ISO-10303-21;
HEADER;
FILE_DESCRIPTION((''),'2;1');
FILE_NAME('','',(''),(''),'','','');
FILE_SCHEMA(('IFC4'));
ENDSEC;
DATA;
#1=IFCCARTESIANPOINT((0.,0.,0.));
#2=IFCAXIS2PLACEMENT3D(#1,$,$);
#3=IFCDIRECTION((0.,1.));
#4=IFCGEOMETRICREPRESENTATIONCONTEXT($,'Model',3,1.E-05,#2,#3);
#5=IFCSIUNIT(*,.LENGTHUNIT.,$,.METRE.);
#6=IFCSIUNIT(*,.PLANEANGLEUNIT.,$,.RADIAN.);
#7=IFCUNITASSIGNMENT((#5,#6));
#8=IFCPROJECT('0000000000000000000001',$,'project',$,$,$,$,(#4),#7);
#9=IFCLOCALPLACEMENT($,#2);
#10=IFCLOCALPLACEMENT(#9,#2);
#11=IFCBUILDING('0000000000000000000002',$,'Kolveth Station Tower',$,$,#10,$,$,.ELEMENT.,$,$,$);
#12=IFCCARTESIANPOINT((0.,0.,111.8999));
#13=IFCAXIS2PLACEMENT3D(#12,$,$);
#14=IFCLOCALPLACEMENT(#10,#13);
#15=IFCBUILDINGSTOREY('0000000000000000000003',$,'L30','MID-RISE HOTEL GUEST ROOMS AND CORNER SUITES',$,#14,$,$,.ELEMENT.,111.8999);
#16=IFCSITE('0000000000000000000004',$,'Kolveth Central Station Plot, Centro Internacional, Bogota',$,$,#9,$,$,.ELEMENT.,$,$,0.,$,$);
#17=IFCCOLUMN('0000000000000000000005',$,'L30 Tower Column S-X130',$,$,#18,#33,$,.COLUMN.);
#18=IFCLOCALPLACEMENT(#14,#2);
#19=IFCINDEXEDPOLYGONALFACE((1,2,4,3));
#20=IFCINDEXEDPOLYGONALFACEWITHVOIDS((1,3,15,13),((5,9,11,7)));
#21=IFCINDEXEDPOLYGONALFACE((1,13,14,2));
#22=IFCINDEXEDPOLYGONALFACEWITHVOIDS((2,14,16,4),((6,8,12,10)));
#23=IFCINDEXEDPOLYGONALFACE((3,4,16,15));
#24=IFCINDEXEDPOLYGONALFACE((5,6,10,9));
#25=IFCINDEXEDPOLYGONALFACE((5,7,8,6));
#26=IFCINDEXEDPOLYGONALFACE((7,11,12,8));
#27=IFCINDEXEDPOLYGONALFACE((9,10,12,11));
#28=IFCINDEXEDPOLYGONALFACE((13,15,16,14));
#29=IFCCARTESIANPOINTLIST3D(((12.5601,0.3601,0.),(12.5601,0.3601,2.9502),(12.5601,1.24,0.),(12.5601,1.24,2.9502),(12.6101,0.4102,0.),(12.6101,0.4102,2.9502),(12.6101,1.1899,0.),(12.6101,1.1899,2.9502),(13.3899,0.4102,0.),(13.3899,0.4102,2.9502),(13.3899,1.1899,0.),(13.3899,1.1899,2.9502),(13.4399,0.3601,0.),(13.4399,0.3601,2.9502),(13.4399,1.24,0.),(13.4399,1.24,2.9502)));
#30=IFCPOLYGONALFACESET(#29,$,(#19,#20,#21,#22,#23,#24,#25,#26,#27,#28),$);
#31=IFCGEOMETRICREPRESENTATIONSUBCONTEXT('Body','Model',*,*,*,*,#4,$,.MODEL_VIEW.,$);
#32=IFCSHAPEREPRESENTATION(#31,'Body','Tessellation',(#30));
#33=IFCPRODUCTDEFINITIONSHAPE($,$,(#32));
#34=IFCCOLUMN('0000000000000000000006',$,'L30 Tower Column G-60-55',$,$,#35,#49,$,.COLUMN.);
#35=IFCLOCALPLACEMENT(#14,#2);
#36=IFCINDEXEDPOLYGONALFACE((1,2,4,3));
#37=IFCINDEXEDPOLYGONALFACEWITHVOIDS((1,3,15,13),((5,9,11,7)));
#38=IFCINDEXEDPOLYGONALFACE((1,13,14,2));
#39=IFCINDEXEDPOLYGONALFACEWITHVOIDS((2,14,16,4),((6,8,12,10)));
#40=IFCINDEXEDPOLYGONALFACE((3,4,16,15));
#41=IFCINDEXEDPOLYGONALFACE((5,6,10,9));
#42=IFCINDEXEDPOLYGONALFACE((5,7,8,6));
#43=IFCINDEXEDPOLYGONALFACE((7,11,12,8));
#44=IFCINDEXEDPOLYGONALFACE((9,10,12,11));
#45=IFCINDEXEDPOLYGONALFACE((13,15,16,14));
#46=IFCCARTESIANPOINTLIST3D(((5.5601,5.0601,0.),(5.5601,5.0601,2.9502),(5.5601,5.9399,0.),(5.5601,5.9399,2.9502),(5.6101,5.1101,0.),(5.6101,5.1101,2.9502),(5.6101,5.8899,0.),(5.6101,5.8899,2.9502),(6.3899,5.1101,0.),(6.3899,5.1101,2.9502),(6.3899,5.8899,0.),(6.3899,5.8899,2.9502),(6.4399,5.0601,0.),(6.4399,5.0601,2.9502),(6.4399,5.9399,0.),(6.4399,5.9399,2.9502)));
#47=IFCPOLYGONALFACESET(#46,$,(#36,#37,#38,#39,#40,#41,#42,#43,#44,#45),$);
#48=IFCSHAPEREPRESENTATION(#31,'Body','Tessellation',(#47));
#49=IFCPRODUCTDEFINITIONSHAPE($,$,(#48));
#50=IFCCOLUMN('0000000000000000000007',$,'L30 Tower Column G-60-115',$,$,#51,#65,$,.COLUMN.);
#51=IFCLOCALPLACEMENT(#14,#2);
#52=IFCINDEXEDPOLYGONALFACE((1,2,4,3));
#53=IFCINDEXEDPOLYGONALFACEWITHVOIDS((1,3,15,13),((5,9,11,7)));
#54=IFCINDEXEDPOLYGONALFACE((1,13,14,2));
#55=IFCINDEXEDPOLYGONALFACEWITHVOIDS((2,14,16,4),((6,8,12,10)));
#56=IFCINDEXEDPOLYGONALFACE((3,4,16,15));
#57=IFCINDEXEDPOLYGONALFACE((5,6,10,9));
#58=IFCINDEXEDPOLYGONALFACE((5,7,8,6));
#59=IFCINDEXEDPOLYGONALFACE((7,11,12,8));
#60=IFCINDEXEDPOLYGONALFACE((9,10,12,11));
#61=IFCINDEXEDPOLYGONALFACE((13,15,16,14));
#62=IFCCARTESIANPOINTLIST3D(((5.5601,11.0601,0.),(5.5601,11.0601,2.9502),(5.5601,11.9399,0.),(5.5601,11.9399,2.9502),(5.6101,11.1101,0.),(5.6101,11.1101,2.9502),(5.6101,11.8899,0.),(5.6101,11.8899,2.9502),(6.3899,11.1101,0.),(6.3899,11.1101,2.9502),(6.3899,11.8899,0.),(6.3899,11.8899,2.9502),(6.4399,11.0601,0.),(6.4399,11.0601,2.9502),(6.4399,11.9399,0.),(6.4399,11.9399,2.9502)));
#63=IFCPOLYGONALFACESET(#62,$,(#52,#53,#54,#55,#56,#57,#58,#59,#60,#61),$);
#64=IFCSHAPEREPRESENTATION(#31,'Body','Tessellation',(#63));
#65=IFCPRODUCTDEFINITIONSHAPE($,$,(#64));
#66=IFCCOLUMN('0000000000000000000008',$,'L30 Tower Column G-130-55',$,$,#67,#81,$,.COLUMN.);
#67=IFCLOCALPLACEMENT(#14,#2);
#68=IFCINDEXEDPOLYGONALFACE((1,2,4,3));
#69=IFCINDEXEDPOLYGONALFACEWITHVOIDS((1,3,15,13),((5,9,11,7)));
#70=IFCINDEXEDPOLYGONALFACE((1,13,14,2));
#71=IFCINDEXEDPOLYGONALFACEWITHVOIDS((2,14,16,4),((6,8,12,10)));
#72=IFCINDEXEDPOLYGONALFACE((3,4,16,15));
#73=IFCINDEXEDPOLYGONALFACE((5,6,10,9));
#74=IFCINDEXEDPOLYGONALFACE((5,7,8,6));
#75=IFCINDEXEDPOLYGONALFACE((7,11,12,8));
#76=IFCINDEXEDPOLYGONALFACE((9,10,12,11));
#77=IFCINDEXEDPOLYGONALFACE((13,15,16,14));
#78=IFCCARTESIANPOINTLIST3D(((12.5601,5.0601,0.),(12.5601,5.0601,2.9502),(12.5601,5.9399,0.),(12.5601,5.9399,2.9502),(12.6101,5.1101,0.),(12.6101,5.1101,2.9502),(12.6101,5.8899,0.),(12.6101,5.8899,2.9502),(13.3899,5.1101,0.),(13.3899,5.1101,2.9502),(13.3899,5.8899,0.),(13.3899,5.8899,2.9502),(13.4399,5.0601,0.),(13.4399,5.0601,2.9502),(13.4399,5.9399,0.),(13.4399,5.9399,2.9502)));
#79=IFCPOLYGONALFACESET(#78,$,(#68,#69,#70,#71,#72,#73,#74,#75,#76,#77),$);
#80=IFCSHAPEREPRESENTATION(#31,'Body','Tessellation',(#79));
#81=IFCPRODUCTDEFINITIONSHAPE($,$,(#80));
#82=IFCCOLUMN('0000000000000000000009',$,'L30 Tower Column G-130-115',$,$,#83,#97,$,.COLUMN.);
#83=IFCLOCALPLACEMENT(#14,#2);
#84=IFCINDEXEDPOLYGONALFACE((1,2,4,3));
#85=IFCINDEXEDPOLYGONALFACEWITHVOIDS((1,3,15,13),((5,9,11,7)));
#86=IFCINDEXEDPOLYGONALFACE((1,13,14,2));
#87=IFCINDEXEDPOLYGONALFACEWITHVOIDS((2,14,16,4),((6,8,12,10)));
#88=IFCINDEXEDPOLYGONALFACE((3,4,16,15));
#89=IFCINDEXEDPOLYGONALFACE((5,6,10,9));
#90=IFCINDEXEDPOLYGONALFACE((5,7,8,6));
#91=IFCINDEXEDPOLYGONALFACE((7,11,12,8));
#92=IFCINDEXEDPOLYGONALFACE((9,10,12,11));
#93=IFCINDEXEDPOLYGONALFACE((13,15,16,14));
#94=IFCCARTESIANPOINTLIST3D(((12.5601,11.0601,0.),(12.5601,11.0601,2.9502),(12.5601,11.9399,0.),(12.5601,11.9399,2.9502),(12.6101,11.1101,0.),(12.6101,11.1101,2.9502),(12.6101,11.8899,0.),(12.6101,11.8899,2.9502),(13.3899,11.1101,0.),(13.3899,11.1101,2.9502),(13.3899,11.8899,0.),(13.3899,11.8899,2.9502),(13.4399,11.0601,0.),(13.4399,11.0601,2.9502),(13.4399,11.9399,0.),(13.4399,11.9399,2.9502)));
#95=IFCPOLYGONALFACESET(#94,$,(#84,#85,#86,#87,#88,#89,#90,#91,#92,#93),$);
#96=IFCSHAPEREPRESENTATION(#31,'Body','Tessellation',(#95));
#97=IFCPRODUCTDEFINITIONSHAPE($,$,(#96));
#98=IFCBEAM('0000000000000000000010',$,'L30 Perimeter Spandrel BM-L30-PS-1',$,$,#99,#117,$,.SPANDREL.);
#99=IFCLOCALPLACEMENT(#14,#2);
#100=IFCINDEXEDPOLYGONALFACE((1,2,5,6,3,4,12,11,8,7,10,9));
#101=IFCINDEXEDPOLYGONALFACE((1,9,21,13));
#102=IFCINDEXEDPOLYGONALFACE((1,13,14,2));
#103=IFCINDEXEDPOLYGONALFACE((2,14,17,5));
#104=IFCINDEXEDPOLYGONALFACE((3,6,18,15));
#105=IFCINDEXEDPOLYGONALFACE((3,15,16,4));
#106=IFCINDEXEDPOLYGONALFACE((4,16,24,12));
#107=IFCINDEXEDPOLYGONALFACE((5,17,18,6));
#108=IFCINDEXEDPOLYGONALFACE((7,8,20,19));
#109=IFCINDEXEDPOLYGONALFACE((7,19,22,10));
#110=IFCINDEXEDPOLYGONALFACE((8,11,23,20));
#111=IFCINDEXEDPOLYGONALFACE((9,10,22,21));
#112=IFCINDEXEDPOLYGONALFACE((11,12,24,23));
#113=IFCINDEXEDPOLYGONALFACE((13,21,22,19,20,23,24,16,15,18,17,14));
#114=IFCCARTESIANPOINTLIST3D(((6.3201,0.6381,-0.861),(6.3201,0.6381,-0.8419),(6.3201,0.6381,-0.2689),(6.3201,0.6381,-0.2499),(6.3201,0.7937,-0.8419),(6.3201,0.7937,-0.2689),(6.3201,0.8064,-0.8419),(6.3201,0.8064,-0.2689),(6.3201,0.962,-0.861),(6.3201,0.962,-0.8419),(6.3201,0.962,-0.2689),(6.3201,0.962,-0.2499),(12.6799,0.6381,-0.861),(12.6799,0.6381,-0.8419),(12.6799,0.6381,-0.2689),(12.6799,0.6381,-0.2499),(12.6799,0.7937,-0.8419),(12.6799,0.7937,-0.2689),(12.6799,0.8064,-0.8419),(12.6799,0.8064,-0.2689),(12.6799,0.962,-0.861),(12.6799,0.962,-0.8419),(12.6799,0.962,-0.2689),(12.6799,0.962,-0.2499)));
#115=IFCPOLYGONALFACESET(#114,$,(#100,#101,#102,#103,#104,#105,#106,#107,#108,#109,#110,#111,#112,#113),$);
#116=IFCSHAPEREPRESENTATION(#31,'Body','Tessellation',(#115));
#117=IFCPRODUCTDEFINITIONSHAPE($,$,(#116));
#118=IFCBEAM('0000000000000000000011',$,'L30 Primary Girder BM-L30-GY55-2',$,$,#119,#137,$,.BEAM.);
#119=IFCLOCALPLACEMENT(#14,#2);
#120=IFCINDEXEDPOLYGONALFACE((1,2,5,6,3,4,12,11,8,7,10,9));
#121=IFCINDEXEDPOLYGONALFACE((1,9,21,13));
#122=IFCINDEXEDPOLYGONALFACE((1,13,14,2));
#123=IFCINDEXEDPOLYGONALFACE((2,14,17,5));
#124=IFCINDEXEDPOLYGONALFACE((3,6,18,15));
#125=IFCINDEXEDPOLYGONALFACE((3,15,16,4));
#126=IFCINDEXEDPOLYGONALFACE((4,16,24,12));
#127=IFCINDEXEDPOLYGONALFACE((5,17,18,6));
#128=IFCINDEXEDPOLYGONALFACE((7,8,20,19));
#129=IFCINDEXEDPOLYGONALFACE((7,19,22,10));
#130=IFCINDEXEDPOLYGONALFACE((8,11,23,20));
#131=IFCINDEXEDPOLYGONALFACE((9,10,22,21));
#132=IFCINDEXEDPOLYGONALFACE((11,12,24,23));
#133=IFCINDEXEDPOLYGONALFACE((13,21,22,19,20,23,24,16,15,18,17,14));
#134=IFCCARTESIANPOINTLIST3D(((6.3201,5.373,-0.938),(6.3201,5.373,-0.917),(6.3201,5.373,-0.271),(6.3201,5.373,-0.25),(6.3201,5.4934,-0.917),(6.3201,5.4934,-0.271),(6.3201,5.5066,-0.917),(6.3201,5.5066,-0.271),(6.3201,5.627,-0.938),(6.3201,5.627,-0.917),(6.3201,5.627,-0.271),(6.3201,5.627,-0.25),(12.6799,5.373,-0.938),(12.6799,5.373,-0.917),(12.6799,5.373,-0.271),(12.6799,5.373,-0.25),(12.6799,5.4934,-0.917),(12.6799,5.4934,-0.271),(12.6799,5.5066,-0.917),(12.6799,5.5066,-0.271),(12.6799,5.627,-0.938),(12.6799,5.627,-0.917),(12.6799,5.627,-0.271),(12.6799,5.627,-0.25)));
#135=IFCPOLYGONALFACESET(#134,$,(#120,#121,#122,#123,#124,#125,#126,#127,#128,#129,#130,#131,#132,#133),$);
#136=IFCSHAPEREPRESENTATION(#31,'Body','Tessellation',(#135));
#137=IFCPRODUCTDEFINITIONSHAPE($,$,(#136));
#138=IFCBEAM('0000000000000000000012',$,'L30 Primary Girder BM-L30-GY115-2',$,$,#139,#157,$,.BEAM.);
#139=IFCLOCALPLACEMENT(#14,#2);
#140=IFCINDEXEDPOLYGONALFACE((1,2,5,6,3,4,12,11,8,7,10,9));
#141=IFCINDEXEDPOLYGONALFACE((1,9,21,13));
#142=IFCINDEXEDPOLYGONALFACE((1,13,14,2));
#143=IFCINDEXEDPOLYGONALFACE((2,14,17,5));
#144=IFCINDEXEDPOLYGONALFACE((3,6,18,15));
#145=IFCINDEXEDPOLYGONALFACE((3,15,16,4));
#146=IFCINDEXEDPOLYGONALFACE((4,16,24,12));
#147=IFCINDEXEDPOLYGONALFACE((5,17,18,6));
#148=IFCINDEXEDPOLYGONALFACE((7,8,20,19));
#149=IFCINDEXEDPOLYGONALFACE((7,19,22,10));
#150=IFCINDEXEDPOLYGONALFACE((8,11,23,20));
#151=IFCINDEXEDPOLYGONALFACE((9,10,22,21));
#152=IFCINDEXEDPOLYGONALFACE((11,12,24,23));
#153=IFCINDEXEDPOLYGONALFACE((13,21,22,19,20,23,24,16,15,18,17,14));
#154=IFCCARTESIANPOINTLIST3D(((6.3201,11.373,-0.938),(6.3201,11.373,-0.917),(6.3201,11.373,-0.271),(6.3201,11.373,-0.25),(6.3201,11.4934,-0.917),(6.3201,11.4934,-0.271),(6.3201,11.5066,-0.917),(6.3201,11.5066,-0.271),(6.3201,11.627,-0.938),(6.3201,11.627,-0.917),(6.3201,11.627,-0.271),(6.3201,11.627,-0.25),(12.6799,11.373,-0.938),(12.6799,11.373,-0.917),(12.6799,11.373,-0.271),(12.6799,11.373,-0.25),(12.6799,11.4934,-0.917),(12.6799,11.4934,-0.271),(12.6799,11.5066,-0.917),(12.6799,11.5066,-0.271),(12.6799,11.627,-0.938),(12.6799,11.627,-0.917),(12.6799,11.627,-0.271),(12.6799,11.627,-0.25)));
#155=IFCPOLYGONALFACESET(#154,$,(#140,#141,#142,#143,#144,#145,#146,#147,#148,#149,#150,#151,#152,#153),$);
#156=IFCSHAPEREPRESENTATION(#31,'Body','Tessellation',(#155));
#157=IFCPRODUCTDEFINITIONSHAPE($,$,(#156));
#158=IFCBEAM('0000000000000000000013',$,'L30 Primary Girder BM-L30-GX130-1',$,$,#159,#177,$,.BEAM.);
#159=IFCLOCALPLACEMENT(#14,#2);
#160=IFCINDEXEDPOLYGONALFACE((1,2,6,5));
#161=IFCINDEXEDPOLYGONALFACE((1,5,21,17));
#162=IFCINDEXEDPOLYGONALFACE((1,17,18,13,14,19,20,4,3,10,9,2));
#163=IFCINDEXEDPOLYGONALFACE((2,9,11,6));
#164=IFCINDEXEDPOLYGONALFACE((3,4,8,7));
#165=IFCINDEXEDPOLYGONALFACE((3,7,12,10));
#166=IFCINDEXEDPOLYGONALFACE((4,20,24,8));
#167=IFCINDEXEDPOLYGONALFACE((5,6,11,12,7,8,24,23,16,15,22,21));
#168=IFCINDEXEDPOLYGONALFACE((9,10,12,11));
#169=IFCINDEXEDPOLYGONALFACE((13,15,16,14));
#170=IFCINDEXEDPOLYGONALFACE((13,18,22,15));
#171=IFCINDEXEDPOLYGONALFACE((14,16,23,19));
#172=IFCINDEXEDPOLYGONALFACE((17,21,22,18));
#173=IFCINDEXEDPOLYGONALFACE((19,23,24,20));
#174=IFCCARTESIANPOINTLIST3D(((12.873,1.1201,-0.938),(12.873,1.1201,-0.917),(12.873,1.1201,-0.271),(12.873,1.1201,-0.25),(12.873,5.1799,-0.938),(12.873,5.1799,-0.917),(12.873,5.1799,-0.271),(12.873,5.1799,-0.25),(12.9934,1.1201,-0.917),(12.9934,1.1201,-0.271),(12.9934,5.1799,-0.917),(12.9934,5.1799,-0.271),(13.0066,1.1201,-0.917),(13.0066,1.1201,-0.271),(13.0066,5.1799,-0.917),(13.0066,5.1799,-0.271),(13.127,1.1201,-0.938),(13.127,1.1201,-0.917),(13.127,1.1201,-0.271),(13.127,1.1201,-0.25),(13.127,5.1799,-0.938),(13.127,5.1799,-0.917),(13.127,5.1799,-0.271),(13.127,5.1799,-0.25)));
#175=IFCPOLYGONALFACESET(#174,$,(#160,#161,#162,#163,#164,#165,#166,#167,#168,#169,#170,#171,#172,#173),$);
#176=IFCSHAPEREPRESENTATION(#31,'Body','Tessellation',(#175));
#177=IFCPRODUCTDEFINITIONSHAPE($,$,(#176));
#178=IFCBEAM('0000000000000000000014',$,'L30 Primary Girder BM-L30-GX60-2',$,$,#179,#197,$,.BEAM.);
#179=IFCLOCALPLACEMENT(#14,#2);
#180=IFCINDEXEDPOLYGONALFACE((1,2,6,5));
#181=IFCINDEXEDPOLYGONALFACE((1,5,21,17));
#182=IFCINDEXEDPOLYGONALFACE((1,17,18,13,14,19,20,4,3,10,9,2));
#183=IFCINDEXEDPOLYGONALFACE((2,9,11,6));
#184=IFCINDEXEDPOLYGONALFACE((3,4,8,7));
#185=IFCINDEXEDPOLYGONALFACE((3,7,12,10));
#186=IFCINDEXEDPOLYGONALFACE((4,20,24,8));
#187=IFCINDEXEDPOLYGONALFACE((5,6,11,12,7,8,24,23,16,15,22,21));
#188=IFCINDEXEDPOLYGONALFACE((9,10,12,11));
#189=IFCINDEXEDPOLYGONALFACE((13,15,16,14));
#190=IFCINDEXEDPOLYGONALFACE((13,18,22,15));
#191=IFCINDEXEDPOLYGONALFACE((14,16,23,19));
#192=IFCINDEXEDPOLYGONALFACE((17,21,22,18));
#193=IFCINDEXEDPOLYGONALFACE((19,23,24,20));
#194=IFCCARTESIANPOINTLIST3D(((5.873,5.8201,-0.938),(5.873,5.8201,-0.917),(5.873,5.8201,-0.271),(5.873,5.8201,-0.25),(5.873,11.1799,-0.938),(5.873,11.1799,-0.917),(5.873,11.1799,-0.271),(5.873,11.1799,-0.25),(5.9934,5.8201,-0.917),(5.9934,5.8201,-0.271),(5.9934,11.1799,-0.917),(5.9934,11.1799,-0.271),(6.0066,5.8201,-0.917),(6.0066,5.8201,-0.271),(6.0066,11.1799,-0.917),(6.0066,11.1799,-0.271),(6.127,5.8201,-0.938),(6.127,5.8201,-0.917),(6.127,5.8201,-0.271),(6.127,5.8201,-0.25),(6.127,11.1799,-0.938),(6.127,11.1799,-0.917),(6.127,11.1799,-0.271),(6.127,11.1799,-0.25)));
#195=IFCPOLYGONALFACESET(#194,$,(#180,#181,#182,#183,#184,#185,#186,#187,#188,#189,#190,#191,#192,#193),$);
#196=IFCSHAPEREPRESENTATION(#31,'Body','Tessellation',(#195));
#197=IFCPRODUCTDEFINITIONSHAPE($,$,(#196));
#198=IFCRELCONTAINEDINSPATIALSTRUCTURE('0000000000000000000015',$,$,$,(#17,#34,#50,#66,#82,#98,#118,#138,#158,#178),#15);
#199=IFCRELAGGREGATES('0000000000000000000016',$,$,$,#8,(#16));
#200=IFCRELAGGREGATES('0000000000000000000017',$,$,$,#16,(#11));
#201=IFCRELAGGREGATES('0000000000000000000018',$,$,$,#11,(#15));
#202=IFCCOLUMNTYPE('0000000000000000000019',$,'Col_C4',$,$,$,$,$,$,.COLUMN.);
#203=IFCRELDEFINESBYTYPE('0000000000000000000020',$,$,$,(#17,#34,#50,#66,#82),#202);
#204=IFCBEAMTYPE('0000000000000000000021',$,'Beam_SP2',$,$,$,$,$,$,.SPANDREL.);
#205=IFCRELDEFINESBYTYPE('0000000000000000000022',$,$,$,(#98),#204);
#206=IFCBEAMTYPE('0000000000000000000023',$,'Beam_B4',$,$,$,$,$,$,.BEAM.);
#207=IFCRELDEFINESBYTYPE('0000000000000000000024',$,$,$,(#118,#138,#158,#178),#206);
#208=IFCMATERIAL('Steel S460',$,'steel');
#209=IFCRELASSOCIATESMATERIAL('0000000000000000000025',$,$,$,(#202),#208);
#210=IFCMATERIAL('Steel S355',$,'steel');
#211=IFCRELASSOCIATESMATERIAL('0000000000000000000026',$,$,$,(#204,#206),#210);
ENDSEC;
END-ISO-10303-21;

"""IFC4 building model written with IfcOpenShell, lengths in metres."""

from ifc_helpers import new_model, si_unit, direction, frame, origin, origin_2d, place, context, subcontext, project, spatial, hollow_rectangle, i_section, extrude, source, transform, mapped, material, material_profile, profile_set, type_object, element, save


model = new_model("IFC4")

# Units and contexts
model_context = context("Model", 3, precision=1e-05, world=origin(), true_north=direction((0.0, 1.0)))
body_context = subcontext(model_context, "Body", "Model", "MODEL_VIEW")
ifc_project = project(units=[si_unit("LENGTHUNIT", "METRE"), si_unit("PLANEANGLEUNIT", "RADIAN")], contexts=[model_context])

# Site, building, storey
site_placement = place(None, origin())
site = spatial("IfcSite", under=ifc_project, at=site_placement, Name="Kolveth Central Station Plot, Centro Internacional, Bogota", CompositionType="ELEMENT", RefElevation=0.0)
building_placement = place(site_placement, origin())
building = spatial("IfcBuilding", under=site, at=building_placement, Name="Kolveth Station Tower", CompositionType="ELEMENT")
storey_placement = place(building_placement, frame((0.0, 0.0, 111.8999)))
storey = spatial("IfcBuildingStorey", under=building, at=storey_placement, Name="L30", Description="MID-RISE HOTEL GUEST ROOMS AND CORNER SUITES", CompositionType="ELEMENT", Elevation=111.8999)

# Columns
ifc_material_1 = material(Name="Steel S460", Category="steel")
ifc_material_profile_1 = material_profile(ifc_material_1, hollow_rectangle(XDim=0.8799, YDim=0.8799, WallThickness=0.05, at=origin_2d()), Name="BOX880x880x50")
ifc_profile_set_1 = profile_set([ifc_material_profile_1], Name="Steel S460")
column_type = type_object("IfcColumnType", Name="Col_C4", PredefinedType="COLUMN", material=ifc_profile_set_1)
shared_shape_1 = source(origin(), body_context, "Body", "SweptSolid", [
    extrude(hollow_rectangle(XDim=0.8799, YDim=0.8799, WallThickness=0.05, at=origin_2d()), origin(), (0.0, 0.0, 1.0), 2.9502),
])
for number, where, z_axis, x_axis, name in (
    (1, (13.0, 0.8, 0.0), (0.0, 0.0, 1.0), (1.0, 0.0, 0.0), "L30 Tower Column S-X130"),
    (2, (6.0, 5.5, 0.0), (0.0, 0.0, 1.0), (1.0, 0.0, 0.0), "L30 Tower Column G-60-55"),
    (3, (6.0, 11.5, 0.0), (0.0, 0.0, 1.0), (1.0, 0.0, 0.0), "L30 Tower Column G-60-115"),
    (4, (13.0, 5.5, 0.0), (0.0, 0.0, 1.0), (1.0, 0.0, 0.0), "L30 Tower Column G-130-55"),
    (5, (13.0, 11.5, 0.0), (0.0, 0.0, 1.0), (1.0, 0.0, 0.0), "L30 Tower Column G-130-115"),
):
    element("IfcColumn", number, at=place(storey_placement, frame(where, z_axis=z_axis, x_axis=x_axis)), inside=storey, type_object=column_type, Name=name, PredefinedType="COLUMN", context=body_context, shape_type="MappedRepresentation", body=[
        mapped(shared_shape_1, transform((0.0, 0.0, 0.0), x_axis=(1.0, 0.0, 0.0), y_axis=(0.0, 1.0, 0.0), z_axis=(0.0, 0.0, 1.0), scale=1.0)),
    ])

# Beams
ifc_material_2 = material(Name="Steel S355", Category="steel")
ifc_material_profile_2 = material_profile(ifc_material_2, i_section(OverallWidth=0.324, OverallDepth=0.6111, WebThickness=0.0127, FlangeThickness=0.019, at=origin_2d()), Name="W610x155")
ifc_profile_set_2 = profile_set([ifc_material_profile_2], Name="Steel S355")
beam_type_1 = type_object("IfcBeamType", Name="Beam_SP2", PredefinedType="SPANDREL", material=ifc_profile_set_2)
shared_shape_2 = source(origin(), body_context, "Body", "SweptSolid", [
    extrude(i_section(OverallWidth=0.324, OverallDepth=0.6111, WebThickness=0.0127, FlangeThickness=0.019, at=origin_2d()), origin(), (0.0, 0.0, 1.0), 6.3599),
])
beam_1_placement = place(storey_placement, frame((6.3201, 0.8, -0.5554), z_axis=(1.0, 0.0, 0.0), x_axis=(0.0, 1.0, 0.0)))
element("IfcBeam", 6, at=beam_1_placement, inside=storey, type_object=beam_type_1, Name="L30 Perimeter Spandrel BM-L30-PS-1", PredefinedType="SPANDREL", context=body_context, shape_type="MappedRepresentation", body=[
    mapped(shared_shape_2, transform((0.0, 0.0, 0.0), x_axis=(1.0, 0.0, 0.0), y_axis=(0.0, 1.0, 0.0), z_axis=(0.0, 0.0, 1.0), scale=1.0)),
])
ifc_material_profile_3 = material_profile(ifc_material_2, i_section(OverallWidth=0.2539, OverallDepth=0.688, WebThickness=0.0132, FlangeThickness=0.021, at=origin_2d()), Name="W690x152")
ifc_profile_set_3 = profile_set([ifc_material_profile_3], Name="Steel S355")
beam_type_2 = type_object("IfcBeamType", Name="Beam_B4", PredefinedType="BEAM", material=ifc_profile_set_3)
shared_shape_3 = source(origin(), body_context, "Body", "SweptSolid", [
    extrude(i_section(OverallWidth=0.2539, OverallDepth=0.688, WebThickness=0.0132, FlangeThickness=0.021, at=origin_2d()), origin(), (0.0, 0.0, 1.0), 6.3599),
])
for number, where, z_axis, x_axis, name in (
    (7, (6.3201, 5.5, -0.594), (1.0, 0.0, 0.0), (0.0, 1.0, 0.0), "L30 Primary Girder BM-L30-GY55-2"),
    (8, (6.3201, 11.5, -0.594), (1.0, 0.0, 0.0), (0.0, 1.0, 0.0), "L30 Primary Girder BM-L30-GY115-2"),
):
    element("IfcBeam", number, at=place(storey_placement, frame(where, z_axis=z_axis, x_axis=x_axis)), inside=storey, type_object=beam_type_2, Name=name, PredefinedType="BEAM", context=body_context, shape_type="MappedRepresentation", body=[
        mapped(shared_shape_3, transform((0.0, 0.0, 0.0), x_axis=(1.0, 0.0, 0.0), y_axis=(0.0, 1.0, 0.0), z_axis=(0.0, 0.0, 1.0), scale=1.0)),
    ])
shared_shape_4 = source(origin(), body_context, "Body", "SweptSolid", [
    extrude(i_section(OverallWidth=0.2539, OverallDepth=0.688, WebThickness=0.0132, FlangeThickness=0.021, at=origin_2d()), origin(), (0.0, 0.0, 1.0), 4.0598),
])
beam_2_placement = place(storey_placement, frame((13.0, 1.1201, -0.594), z_axis=(0.0, 1.0, 0.0), x_axis=(-1.0, 0.0, 0.0)))
element("IfcBeam", 9, at=beam_2_placement, inside=storey, type_object=beam_type_2, Name="L30 Primary Girder BM-L30-GX130-1", PredefinedType="BEAM", context=body_context, shape_type="MappedRepresentation", body=[
    mapped(shared_shape_4, transform((0.0, 0.0, 0.0), x_axis=(1.0, 0.0, 0.0), y_axis=(0.0, 1.0, 0.0), z_axis=(0.0, 0.0, 1.0), scale=1.0)),
])
shared_shape_5 = source(origin(), body_context, "Body", "SweptSolid", [
    extrude(i_section(OverallWidth=0.2539, OverallDepth=0.688, WebThickness=0.0132, FlangeThickness=0.021, at=origin_2d()), origin(), (0.0, 0.0, 1.0), 5.3599),
])
for number, where, z_axis, x_axis, name in (
    (10, (6.0, 5.8201, -0.594), (0.0, 1.0, 0.0), (-1.0, 0.0, 0.0), "L30 Primary Girder BM-L30-GX60-2"),
):
    element("IfcBeam", number, at=place(storey_placement, frame(where, z_axis=z_axis, x_axis=x_axis)), inside=storey, type_object=beam_type_2, Name=name, PredefinedType="BEAM", context=body_context, shape_type="MappedRepresentation", body=[
        mapped(shared_shape_5, transform((0.0, 0.0, 0.0), x_axis=(1.0, 0.0, 0.0), y_axis=(0.0, 1.0, 0.0), z_axis=(0.0, 0.0, 1.0), scale=1.0)),
    ])

save(model, "model.ifc")
